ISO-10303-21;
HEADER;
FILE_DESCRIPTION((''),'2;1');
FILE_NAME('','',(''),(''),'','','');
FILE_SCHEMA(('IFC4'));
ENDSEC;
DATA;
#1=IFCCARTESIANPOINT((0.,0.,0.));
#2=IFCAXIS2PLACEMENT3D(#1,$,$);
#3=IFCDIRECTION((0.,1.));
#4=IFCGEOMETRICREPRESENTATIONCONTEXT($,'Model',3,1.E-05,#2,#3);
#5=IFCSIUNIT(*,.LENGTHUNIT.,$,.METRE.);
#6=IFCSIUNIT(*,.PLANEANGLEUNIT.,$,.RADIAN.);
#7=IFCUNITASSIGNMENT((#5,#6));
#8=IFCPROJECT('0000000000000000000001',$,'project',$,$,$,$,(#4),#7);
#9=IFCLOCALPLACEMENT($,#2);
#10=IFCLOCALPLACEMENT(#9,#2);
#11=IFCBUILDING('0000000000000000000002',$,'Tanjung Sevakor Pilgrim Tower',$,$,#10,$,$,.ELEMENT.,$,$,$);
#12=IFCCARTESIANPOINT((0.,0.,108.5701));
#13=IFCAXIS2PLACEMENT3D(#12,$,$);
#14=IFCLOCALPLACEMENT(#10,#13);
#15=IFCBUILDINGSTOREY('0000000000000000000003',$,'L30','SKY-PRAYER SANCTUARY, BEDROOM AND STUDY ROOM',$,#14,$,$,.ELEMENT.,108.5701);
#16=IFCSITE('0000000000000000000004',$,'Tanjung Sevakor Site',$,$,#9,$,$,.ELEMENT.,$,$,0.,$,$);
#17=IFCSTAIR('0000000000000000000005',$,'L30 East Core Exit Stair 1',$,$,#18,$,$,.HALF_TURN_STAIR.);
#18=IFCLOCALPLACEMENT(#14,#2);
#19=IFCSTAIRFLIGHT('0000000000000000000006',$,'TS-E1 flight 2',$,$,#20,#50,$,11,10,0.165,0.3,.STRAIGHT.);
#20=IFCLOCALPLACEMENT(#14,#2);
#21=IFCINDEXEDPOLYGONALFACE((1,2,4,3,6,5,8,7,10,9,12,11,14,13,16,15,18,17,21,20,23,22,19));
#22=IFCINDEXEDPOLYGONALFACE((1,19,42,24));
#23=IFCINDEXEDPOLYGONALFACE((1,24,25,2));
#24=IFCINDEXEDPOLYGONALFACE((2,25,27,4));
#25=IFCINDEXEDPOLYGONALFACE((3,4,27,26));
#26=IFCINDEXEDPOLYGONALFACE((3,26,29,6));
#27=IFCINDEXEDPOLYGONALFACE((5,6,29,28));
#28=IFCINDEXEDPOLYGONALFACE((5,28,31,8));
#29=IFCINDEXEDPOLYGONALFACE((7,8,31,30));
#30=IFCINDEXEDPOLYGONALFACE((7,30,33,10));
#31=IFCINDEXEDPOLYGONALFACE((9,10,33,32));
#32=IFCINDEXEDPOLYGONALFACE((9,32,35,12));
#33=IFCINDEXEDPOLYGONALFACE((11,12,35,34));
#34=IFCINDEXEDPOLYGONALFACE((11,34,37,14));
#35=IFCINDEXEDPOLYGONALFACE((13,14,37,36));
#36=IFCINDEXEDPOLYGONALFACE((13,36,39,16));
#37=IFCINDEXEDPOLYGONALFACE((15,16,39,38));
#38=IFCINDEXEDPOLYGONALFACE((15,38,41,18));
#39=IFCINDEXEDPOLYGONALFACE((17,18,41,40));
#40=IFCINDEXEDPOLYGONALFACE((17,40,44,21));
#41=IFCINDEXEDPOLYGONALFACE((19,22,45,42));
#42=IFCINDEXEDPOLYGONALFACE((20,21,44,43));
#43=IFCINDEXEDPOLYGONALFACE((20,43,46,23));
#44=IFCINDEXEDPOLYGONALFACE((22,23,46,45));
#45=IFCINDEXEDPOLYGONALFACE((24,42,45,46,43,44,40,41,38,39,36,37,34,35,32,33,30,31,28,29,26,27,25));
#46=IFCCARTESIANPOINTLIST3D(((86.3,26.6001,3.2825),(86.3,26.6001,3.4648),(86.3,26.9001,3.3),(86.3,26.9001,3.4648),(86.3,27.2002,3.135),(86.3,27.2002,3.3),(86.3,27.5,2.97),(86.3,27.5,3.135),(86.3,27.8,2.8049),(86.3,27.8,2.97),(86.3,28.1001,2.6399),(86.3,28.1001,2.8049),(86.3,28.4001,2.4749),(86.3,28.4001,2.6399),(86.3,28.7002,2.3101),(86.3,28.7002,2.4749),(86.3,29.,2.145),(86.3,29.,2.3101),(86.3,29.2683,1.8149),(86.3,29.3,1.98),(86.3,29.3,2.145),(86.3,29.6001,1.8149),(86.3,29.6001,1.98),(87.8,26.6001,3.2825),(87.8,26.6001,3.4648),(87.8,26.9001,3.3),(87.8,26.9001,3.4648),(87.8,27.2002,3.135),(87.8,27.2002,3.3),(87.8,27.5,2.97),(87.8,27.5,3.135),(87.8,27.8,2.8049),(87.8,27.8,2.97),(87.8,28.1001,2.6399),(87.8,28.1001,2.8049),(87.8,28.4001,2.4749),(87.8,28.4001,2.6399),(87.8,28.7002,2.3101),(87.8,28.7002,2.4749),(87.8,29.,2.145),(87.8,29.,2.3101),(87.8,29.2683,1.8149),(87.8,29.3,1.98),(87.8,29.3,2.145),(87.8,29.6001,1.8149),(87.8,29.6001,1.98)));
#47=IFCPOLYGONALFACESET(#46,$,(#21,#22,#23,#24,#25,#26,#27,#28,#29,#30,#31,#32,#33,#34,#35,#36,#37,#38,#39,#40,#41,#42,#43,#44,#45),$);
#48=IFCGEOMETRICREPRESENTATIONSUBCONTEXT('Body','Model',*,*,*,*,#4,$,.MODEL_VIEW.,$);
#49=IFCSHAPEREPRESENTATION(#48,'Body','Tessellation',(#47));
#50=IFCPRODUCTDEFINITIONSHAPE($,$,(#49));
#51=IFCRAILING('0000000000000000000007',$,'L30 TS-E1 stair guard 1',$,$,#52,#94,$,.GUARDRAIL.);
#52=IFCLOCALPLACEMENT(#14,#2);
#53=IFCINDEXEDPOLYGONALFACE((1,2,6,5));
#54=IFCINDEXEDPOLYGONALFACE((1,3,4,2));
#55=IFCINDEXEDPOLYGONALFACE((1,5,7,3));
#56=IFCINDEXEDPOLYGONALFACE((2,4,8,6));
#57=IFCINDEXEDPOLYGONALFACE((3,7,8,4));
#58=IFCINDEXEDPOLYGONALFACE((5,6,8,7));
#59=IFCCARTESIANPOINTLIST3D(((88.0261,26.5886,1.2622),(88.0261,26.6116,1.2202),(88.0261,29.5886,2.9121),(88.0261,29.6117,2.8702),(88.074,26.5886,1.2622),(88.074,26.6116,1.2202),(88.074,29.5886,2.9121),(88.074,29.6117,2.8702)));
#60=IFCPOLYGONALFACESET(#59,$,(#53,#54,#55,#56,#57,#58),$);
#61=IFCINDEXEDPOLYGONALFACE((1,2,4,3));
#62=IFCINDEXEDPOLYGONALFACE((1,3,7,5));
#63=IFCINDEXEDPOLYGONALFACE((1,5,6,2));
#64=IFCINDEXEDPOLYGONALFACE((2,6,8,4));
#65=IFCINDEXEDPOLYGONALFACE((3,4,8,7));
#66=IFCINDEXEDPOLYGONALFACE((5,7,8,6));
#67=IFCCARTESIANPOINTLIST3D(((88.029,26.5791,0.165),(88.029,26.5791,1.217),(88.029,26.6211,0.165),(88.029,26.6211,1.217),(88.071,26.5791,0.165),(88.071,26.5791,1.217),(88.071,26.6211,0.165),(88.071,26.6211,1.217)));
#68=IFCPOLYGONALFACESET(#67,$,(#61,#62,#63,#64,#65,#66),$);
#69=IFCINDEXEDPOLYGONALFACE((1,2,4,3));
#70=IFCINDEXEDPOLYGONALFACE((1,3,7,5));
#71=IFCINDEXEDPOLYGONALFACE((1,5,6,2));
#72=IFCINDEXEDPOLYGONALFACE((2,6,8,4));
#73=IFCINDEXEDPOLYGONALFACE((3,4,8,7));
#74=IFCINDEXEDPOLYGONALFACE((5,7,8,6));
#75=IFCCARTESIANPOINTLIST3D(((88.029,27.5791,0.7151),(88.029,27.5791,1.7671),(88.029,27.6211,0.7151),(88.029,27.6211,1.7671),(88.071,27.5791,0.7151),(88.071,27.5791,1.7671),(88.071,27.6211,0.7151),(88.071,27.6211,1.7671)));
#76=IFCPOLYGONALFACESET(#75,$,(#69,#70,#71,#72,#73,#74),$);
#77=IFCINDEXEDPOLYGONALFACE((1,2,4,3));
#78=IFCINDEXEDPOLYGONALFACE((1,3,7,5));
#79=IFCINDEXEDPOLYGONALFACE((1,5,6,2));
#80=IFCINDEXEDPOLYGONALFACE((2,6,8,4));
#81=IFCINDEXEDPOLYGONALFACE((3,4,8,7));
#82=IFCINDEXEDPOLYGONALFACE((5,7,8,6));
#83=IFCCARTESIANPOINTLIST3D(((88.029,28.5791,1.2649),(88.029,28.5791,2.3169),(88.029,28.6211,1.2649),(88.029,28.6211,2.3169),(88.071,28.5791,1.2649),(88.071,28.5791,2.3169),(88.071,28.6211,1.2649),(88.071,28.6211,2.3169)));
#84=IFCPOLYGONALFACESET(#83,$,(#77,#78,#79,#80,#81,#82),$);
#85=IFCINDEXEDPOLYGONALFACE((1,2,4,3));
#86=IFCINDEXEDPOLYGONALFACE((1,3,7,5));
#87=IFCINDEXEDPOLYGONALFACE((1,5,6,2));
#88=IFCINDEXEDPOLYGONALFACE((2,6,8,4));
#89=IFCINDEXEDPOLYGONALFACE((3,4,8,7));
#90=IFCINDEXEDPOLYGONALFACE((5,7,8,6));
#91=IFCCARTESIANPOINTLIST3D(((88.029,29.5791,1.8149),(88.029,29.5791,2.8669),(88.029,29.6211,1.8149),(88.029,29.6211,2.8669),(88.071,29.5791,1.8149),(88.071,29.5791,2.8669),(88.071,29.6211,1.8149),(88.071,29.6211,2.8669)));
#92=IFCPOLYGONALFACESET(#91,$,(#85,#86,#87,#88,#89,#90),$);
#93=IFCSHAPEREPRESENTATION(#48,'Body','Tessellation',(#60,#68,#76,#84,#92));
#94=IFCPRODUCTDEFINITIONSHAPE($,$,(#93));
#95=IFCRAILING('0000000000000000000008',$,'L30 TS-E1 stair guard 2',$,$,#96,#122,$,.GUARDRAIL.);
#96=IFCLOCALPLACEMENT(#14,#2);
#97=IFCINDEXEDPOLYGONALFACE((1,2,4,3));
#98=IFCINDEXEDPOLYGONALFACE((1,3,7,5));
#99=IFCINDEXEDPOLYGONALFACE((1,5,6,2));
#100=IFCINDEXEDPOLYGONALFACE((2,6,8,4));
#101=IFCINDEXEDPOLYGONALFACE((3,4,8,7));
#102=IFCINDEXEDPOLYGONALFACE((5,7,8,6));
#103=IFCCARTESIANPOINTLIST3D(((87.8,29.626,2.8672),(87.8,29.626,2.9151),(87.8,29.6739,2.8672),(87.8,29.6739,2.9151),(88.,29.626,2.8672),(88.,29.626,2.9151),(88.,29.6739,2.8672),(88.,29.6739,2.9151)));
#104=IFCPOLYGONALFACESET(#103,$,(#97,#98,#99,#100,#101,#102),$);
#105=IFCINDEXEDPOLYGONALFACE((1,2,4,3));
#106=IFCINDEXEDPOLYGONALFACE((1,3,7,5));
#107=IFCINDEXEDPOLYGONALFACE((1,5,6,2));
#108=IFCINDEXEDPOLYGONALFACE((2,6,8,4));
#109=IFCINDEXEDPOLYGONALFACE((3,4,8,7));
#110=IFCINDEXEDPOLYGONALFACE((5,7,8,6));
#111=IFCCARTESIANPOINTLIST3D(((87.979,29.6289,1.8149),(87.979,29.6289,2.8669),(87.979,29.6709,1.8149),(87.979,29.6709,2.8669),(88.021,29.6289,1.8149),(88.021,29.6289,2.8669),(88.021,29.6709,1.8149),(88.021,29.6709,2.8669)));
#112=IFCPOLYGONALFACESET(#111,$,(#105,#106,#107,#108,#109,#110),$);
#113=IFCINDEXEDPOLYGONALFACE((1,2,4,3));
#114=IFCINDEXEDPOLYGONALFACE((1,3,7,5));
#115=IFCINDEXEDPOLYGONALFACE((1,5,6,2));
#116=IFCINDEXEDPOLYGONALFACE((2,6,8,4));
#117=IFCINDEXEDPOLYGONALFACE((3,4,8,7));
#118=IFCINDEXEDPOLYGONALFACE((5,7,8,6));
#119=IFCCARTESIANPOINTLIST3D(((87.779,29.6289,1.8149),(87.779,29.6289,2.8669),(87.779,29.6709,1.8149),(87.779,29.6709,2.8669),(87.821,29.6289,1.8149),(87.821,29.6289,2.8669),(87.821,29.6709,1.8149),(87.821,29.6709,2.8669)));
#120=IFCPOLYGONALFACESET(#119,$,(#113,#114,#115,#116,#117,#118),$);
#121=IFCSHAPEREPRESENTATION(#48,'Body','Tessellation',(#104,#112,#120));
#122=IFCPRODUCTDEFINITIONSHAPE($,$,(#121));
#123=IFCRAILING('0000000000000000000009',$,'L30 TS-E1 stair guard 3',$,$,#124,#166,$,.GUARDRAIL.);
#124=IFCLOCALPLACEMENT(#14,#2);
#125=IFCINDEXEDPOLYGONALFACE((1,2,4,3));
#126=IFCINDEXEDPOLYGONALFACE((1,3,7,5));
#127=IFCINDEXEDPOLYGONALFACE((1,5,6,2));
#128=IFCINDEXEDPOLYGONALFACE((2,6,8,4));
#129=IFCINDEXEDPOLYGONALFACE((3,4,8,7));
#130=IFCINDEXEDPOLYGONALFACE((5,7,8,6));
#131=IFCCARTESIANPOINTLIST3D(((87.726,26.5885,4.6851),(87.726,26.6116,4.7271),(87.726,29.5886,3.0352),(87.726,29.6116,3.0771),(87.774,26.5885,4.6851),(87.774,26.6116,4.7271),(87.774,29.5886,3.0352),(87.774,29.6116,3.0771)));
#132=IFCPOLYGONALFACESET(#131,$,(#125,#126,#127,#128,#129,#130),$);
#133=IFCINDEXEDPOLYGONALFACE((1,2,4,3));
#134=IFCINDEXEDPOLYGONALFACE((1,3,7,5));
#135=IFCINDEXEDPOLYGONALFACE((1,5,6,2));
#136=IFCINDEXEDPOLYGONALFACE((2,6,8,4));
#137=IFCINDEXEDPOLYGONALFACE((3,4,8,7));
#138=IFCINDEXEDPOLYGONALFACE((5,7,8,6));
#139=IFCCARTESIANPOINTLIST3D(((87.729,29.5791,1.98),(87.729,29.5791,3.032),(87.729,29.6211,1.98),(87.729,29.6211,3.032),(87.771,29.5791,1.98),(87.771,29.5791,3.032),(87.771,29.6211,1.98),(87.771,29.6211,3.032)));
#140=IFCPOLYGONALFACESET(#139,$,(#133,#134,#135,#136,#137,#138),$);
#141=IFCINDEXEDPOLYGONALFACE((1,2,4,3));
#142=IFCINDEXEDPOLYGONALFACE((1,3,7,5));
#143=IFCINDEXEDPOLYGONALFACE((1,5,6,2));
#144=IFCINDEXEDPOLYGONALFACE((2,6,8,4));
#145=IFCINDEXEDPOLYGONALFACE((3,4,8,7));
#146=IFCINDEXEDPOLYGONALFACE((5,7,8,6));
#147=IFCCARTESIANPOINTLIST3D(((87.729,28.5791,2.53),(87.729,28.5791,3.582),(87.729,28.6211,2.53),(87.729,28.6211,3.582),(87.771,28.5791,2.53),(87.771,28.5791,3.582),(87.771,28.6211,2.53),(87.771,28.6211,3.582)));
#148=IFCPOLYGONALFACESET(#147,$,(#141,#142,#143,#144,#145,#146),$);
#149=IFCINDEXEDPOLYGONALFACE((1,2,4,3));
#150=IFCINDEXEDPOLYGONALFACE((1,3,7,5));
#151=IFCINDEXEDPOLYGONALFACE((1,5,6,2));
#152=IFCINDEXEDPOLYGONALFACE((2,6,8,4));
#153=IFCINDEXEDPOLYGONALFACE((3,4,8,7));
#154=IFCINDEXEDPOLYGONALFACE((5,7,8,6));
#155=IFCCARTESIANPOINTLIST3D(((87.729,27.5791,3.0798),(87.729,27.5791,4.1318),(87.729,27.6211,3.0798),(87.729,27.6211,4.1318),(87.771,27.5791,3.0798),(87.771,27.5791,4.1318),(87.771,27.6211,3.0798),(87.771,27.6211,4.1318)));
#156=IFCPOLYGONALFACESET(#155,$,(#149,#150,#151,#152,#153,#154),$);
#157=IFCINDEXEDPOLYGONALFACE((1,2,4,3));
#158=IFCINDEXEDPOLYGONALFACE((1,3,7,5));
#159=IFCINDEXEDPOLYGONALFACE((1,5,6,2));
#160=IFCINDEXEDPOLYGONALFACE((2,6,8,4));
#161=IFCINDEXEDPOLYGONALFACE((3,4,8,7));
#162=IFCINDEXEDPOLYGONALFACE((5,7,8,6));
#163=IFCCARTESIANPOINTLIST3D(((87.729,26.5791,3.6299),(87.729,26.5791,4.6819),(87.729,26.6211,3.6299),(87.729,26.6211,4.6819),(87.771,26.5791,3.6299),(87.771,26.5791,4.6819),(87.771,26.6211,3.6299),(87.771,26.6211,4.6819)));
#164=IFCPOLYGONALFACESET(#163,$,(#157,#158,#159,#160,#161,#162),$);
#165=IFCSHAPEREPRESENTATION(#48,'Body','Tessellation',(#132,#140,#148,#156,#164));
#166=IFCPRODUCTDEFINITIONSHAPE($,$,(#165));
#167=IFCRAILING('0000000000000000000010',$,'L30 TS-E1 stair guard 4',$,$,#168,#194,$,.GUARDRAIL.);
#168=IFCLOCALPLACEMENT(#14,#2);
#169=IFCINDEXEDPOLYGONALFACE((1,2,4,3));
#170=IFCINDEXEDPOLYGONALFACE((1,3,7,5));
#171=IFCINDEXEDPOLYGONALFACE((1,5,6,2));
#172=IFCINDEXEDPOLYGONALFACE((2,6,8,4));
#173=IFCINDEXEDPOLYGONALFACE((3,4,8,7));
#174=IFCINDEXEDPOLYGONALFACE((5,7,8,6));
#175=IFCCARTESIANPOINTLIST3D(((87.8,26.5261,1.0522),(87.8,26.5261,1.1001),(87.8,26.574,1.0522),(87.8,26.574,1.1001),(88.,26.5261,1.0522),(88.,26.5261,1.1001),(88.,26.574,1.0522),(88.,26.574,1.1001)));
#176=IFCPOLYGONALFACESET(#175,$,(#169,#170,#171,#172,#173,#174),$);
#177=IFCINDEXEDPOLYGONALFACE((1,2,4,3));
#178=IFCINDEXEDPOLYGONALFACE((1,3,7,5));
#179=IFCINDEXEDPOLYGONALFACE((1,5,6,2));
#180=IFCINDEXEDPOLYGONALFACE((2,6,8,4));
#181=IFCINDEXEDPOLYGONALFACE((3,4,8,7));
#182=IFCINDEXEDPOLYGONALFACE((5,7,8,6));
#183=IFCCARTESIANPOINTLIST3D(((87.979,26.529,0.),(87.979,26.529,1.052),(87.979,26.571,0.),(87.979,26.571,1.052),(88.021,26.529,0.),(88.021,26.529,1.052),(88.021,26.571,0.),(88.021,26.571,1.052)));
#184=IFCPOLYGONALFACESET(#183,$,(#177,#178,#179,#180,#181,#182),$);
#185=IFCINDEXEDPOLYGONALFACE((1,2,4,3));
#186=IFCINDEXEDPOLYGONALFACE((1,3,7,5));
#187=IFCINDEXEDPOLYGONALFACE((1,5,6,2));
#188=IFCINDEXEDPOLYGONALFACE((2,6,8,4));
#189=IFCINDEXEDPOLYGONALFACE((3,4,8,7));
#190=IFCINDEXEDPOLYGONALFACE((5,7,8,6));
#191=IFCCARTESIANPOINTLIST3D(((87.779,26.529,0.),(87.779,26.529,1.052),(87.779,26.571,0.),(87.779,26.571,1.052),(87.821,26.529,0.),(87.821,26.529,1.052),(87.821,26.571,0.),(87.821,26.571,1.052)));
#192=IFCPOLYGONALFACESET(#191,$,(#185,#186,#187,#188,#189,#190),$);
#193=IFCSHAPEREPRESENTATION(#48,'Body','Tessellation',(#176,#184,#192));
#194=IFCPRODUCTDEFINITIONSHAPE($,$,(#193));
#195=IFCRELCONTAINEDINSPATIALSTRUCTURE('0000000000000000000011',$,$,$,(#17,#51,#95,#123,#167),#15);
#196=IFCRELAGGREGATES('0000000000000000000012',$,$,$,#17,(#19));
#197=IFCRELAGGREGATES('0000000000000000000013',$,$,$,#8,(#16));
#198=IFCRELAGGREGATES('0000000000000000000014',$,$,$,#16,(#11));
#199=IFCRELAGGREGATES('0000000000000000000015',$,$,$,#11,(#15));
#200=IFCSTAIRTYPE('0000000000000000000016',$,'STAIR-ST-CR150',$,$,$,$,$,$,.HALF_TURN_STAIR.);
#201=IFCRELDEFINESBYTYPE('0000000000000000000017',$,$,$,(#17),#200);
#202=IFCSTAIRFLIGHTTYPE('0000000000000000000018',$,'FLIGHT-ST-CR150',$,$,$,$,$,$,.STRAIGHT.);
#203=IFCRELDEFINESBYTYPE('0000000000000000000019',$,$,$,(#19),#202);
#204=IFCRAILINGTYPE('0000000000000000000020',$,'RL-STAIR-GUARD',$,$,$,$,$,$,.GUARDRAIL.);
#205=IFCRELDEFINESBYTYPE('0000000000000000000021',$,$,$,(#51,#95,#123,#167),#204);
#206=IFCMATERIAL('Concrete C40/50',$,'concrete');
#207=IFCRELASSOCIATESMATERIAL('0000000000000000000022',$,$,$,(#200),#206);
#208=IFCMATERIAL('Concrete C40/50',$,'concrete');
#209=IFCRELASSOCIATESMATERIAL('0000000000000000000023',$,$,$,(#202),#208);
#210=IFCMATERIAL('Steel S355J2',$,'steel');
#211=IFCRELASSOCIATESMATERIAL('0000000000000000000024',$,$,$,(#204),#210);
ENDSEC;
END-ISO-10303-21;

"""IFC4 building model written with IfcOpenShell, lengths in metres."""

from ifc_helpers import new_model, si_unit, direction, frame, origin, place, context, subcontext, project, spatial, polyline, rectangle, outline, extrude, material, type_object, element, aggregate, save


model = new_model("IFC4")

# Units and contexts
model_context = context("Model", 3, precision=1e-05, world=origin(), true_north=direction((0.0, 1.0)))
body_context = subcontext(model_context, "Body", "Model", "MODEL_VIEW")
ifc_project = project(units=[si_unit("LENGTHUNIT", "METRE"), si_unit("PLANEANGLEUNIT", "RADIAN")], contexts=[model_context])

# Site, building, storey
site_placement = place(None, origin())
site = spatial("IfcSite", under=ifc_project, at=site_placement, Name="Tanjung Sevakor Site", CompositionType="ELEMENT", RefElevation=0.0)
building_placement = place(site_placement, origin())
building = spatial("IfcBuilding", under=site, at=building_placement, Name="Tanjung Sevakor Pilgrim Tower", CompositionType="ELEMENT")
storey_placement = place(building_placement, frame((0.0, 0.0, 108.5701)))
storey = spatial("IfcBuildingStorey", under=building, at=storey_placement, Name="L30", Description="SKY-PRAYER SANCTUARY, BEDROOM AND STUDY ROOM", CompositionType="ELEMENT", Elevation=108.5701)

# Stair, stair flight
ifc_material_1 = material(Name="Concrete C40/50", Category="concrete")
stair_type = type_object("IfcStairType", Name="STAIR-ST-CR150", PredefinedType="HALF_TURN_STAIR", material=ifc_material_1)
stair_placement = place(storey_placement, origin())
stair = element("IfcStair", 1, at=stair_placement, inside=storey, type_object=stair_type, Name="L30 East Core Exit Stair 1", PredefinedType="HALF_TURN_STAIR")
ifc_material_2 = material(Name="Concrete C40/50", Category="concrete")
stair_flight_type = type_object("IfcStairFlightType", Name="FLIGHT-ST-CR150", PredefinedType="STRAIGHT", material=ifc_material_2)
stair_flight_1_placement = place(storey_placement, frame((87.05, 29.6001, 1.8149), z_axis=(0.0, 0.0, 1.0), x_axis=(0.0, -1.0, 0.0)))
stair_flight_1 = element("IfcStairFlight", 2, at=stair_flight_1_placement, type_object=stair_flight_type, Name="TS-E1 flight 2", NumberOfRisers=11, NumberOfTreads=10, PredefinedType="STRAIGHT", RiserHeight=0.165, TreadLength=0.3, context=body_context, shape_type="SweptSolid", body=[
    extrude(outline(polyline([(0.0, 0.0), (0.0, 0.165), (0.3, 0.165), (0.3, 0.3301), (0.6001, 0.3301), (0.6001, 0.4951), (0.8999, 0.4951), (0.8999, 0.6599), (1.2, 0.6599), (1.2, 0.825), (1.5, 0.825), (1.5, 0.99), (1.8, 0.99), (1.8, 1.155), (2.1001, 1.155), (2.1001, 1.3201), (2.3999, 1.3201), (2.3999, 1.4851), (2.7, 1.4851), (2.7, 1.6499), (3.0, 1.6499), (3.0, 1.8149), (3.0, 1.4675), (0.3318, 0.0), (0.0, 0.0)])), frame((0.0, 0.75, 0.0), z_axis=(0.0, -1.0, 0.0), x_axis=(1.0, 0.0, 0.0)), (0.0, 0.0, 1.0), 1.5),
])
aggregate(stair, [stair_flight_1])

# Railings
ifc_material_3 = material(Name="Steel S355J2", Category="steel")
railing_type_1 = type_object("IfcRailingType", Name="RL-STAIR-GUARD", PredefinedType="GUARDRAIL", material=ifc_material_3)
railing_1_placement = place(storey_placement, frame((88.05, 26.6001, 0.165)))
element("IfcRailing", 3, at=railing_1_placement, inside=storey, type_object=railing_type_1, Name="L30 TS-E1 stair guard 1", PredefinedType="GUARDRAIL", context=body_context, shape_type="SweptSolid", body=[
    extrude(rectangle(XDim=0.0479, YDim=0.0479), frame((0.0, 0.0, 1.0762), z_axis=(0.0, 0.876228, 0.481897), x_axis=(-1.0, 0.0, 0.0)), (0.0, 0.0, 1.0), 3.4238),
    extrude(rectangle(XDim=0.042, YDim=0.042), origin(), (0.0, 0.0, 1.0), 1.052),
    extrude(rectangle(XDim=0.042, YDim=0.042), frame((0.0, 1.0, 0.55)), (0.0, 0.0, 1.0), 1.052),
    extrude(rectangle(XDim=0.042, YDim=0.042), frame((0.0, 2.0, 1.0999)), (0.0, 0.0, 1.0), 1.052),
    extrude(rectangle(XDim=0.042, YDim=0.042), frame((0.0, 3.0, 1.6499)), (0.0, 0.0, 1.0), 1.052),
])
railing_2_placement = place(storey_placement, frame((88.0, 29.6499, 1.8149)))
element("IfcRailing", 4, at=railing_2_placement, inside=storey, type_object=railing_type_1, Name="L30 TS-E1 stair guard 2", PredefinedType="GUARDRAIL", context=body_context, shape_type="SweptSolid", body=[
    extrude(rectangle(XDim=0.0479, YDim=0.0479), frame((0.0, 0.0, 1.0762), z_axis=(-1.0, 0.0, 0.0), x_axis=(0.0, -1.0, 0.0)), (0.0, 0.0, 1.0), 0.2),
    extrude(rectangle(XDim=0.042, YDim=0.042), origin(), (0.0, 0.0, 1.0), 1.052),
    extrude(rectangle(XDim=0.042, YDim=0.042), frame((-0.2, 0.0, 0.0)), (0.0, 0.0, 1.0), 1.052),
])
railing_3_placement = place(storey_placement, frame((87.75, 29.6001, 1.98)))
element("IfcRailing", 5, at=railing_3_placement, inside=storey, type_object=railing_type_1, Name="L30 TS-E1 stair guard 3", PredefinedType="GUARDRAIL", context=body_context, shape_type="SweptSolid", body=[
    extrude(rectangle(XDim=0.0479, YDim=0.0479), frame((0.0, 0.0, 1.0762), z_axis=(0.0, -0.876228, 0.481897), x_axis=(1.0, 0.0, 0.0)), (0.0, 0.0, 1.0), 3.4238),
    extrude(rectangle(XDim=0.042, YDim=0.042), origin(), (0.0, 0.0, 1.0), 1.052),
    extrude(rectangle(XDim=0.042, YDim=0.042), frame((0.0, -1.0, 0.55)), (0.0, 0.0, 1.0), 1.052),
    extrude(rectangle(XDim=0.042, YDim=0.042), frame((0.0, -2.0, 1.0999)), (0.0, 0.0, 1.0), 1.052),
    extrude(rectangle(XDim=0.042, YDim=0.042), frame((0.0, -3.0, 1.6499)), (0.0, 0.0, 1.0), 1.052),
])
railing_4_placement = place(storey_placement, frame((88.0, 26.55, 0.0)))
element("IfcRailing", 6, at=railing_4_placement, inside=storey, type_object=railing_type_1, Name="L30 TS-E1 stair guard 4", PredefinedType="GUARDRAIL", context=body_context, shape_type="SweptSolid", body=[
    extrude(rectangle(XDim=0.0479, YDim=0.0479), frame((0.0, 0.0, 1.0762), z_axis=(-1.0, 0.0, 0.0), x_axis=(0.0, -1.0, 0.0)), (0.0, 0.0, 1.0), 0.2),
    extrude(rectangle(XDim=0.042, YDim=0.042), origin(), (0.0, 0.0, 1.0), 1.052),
    extrude(rectangle(XDim=0.042, YDim=0.042), frame((-0.2, 0.0, 0.0)), (0.0, 0.0, 1.0), 1.052),
])

save(model, "model.ifc")
